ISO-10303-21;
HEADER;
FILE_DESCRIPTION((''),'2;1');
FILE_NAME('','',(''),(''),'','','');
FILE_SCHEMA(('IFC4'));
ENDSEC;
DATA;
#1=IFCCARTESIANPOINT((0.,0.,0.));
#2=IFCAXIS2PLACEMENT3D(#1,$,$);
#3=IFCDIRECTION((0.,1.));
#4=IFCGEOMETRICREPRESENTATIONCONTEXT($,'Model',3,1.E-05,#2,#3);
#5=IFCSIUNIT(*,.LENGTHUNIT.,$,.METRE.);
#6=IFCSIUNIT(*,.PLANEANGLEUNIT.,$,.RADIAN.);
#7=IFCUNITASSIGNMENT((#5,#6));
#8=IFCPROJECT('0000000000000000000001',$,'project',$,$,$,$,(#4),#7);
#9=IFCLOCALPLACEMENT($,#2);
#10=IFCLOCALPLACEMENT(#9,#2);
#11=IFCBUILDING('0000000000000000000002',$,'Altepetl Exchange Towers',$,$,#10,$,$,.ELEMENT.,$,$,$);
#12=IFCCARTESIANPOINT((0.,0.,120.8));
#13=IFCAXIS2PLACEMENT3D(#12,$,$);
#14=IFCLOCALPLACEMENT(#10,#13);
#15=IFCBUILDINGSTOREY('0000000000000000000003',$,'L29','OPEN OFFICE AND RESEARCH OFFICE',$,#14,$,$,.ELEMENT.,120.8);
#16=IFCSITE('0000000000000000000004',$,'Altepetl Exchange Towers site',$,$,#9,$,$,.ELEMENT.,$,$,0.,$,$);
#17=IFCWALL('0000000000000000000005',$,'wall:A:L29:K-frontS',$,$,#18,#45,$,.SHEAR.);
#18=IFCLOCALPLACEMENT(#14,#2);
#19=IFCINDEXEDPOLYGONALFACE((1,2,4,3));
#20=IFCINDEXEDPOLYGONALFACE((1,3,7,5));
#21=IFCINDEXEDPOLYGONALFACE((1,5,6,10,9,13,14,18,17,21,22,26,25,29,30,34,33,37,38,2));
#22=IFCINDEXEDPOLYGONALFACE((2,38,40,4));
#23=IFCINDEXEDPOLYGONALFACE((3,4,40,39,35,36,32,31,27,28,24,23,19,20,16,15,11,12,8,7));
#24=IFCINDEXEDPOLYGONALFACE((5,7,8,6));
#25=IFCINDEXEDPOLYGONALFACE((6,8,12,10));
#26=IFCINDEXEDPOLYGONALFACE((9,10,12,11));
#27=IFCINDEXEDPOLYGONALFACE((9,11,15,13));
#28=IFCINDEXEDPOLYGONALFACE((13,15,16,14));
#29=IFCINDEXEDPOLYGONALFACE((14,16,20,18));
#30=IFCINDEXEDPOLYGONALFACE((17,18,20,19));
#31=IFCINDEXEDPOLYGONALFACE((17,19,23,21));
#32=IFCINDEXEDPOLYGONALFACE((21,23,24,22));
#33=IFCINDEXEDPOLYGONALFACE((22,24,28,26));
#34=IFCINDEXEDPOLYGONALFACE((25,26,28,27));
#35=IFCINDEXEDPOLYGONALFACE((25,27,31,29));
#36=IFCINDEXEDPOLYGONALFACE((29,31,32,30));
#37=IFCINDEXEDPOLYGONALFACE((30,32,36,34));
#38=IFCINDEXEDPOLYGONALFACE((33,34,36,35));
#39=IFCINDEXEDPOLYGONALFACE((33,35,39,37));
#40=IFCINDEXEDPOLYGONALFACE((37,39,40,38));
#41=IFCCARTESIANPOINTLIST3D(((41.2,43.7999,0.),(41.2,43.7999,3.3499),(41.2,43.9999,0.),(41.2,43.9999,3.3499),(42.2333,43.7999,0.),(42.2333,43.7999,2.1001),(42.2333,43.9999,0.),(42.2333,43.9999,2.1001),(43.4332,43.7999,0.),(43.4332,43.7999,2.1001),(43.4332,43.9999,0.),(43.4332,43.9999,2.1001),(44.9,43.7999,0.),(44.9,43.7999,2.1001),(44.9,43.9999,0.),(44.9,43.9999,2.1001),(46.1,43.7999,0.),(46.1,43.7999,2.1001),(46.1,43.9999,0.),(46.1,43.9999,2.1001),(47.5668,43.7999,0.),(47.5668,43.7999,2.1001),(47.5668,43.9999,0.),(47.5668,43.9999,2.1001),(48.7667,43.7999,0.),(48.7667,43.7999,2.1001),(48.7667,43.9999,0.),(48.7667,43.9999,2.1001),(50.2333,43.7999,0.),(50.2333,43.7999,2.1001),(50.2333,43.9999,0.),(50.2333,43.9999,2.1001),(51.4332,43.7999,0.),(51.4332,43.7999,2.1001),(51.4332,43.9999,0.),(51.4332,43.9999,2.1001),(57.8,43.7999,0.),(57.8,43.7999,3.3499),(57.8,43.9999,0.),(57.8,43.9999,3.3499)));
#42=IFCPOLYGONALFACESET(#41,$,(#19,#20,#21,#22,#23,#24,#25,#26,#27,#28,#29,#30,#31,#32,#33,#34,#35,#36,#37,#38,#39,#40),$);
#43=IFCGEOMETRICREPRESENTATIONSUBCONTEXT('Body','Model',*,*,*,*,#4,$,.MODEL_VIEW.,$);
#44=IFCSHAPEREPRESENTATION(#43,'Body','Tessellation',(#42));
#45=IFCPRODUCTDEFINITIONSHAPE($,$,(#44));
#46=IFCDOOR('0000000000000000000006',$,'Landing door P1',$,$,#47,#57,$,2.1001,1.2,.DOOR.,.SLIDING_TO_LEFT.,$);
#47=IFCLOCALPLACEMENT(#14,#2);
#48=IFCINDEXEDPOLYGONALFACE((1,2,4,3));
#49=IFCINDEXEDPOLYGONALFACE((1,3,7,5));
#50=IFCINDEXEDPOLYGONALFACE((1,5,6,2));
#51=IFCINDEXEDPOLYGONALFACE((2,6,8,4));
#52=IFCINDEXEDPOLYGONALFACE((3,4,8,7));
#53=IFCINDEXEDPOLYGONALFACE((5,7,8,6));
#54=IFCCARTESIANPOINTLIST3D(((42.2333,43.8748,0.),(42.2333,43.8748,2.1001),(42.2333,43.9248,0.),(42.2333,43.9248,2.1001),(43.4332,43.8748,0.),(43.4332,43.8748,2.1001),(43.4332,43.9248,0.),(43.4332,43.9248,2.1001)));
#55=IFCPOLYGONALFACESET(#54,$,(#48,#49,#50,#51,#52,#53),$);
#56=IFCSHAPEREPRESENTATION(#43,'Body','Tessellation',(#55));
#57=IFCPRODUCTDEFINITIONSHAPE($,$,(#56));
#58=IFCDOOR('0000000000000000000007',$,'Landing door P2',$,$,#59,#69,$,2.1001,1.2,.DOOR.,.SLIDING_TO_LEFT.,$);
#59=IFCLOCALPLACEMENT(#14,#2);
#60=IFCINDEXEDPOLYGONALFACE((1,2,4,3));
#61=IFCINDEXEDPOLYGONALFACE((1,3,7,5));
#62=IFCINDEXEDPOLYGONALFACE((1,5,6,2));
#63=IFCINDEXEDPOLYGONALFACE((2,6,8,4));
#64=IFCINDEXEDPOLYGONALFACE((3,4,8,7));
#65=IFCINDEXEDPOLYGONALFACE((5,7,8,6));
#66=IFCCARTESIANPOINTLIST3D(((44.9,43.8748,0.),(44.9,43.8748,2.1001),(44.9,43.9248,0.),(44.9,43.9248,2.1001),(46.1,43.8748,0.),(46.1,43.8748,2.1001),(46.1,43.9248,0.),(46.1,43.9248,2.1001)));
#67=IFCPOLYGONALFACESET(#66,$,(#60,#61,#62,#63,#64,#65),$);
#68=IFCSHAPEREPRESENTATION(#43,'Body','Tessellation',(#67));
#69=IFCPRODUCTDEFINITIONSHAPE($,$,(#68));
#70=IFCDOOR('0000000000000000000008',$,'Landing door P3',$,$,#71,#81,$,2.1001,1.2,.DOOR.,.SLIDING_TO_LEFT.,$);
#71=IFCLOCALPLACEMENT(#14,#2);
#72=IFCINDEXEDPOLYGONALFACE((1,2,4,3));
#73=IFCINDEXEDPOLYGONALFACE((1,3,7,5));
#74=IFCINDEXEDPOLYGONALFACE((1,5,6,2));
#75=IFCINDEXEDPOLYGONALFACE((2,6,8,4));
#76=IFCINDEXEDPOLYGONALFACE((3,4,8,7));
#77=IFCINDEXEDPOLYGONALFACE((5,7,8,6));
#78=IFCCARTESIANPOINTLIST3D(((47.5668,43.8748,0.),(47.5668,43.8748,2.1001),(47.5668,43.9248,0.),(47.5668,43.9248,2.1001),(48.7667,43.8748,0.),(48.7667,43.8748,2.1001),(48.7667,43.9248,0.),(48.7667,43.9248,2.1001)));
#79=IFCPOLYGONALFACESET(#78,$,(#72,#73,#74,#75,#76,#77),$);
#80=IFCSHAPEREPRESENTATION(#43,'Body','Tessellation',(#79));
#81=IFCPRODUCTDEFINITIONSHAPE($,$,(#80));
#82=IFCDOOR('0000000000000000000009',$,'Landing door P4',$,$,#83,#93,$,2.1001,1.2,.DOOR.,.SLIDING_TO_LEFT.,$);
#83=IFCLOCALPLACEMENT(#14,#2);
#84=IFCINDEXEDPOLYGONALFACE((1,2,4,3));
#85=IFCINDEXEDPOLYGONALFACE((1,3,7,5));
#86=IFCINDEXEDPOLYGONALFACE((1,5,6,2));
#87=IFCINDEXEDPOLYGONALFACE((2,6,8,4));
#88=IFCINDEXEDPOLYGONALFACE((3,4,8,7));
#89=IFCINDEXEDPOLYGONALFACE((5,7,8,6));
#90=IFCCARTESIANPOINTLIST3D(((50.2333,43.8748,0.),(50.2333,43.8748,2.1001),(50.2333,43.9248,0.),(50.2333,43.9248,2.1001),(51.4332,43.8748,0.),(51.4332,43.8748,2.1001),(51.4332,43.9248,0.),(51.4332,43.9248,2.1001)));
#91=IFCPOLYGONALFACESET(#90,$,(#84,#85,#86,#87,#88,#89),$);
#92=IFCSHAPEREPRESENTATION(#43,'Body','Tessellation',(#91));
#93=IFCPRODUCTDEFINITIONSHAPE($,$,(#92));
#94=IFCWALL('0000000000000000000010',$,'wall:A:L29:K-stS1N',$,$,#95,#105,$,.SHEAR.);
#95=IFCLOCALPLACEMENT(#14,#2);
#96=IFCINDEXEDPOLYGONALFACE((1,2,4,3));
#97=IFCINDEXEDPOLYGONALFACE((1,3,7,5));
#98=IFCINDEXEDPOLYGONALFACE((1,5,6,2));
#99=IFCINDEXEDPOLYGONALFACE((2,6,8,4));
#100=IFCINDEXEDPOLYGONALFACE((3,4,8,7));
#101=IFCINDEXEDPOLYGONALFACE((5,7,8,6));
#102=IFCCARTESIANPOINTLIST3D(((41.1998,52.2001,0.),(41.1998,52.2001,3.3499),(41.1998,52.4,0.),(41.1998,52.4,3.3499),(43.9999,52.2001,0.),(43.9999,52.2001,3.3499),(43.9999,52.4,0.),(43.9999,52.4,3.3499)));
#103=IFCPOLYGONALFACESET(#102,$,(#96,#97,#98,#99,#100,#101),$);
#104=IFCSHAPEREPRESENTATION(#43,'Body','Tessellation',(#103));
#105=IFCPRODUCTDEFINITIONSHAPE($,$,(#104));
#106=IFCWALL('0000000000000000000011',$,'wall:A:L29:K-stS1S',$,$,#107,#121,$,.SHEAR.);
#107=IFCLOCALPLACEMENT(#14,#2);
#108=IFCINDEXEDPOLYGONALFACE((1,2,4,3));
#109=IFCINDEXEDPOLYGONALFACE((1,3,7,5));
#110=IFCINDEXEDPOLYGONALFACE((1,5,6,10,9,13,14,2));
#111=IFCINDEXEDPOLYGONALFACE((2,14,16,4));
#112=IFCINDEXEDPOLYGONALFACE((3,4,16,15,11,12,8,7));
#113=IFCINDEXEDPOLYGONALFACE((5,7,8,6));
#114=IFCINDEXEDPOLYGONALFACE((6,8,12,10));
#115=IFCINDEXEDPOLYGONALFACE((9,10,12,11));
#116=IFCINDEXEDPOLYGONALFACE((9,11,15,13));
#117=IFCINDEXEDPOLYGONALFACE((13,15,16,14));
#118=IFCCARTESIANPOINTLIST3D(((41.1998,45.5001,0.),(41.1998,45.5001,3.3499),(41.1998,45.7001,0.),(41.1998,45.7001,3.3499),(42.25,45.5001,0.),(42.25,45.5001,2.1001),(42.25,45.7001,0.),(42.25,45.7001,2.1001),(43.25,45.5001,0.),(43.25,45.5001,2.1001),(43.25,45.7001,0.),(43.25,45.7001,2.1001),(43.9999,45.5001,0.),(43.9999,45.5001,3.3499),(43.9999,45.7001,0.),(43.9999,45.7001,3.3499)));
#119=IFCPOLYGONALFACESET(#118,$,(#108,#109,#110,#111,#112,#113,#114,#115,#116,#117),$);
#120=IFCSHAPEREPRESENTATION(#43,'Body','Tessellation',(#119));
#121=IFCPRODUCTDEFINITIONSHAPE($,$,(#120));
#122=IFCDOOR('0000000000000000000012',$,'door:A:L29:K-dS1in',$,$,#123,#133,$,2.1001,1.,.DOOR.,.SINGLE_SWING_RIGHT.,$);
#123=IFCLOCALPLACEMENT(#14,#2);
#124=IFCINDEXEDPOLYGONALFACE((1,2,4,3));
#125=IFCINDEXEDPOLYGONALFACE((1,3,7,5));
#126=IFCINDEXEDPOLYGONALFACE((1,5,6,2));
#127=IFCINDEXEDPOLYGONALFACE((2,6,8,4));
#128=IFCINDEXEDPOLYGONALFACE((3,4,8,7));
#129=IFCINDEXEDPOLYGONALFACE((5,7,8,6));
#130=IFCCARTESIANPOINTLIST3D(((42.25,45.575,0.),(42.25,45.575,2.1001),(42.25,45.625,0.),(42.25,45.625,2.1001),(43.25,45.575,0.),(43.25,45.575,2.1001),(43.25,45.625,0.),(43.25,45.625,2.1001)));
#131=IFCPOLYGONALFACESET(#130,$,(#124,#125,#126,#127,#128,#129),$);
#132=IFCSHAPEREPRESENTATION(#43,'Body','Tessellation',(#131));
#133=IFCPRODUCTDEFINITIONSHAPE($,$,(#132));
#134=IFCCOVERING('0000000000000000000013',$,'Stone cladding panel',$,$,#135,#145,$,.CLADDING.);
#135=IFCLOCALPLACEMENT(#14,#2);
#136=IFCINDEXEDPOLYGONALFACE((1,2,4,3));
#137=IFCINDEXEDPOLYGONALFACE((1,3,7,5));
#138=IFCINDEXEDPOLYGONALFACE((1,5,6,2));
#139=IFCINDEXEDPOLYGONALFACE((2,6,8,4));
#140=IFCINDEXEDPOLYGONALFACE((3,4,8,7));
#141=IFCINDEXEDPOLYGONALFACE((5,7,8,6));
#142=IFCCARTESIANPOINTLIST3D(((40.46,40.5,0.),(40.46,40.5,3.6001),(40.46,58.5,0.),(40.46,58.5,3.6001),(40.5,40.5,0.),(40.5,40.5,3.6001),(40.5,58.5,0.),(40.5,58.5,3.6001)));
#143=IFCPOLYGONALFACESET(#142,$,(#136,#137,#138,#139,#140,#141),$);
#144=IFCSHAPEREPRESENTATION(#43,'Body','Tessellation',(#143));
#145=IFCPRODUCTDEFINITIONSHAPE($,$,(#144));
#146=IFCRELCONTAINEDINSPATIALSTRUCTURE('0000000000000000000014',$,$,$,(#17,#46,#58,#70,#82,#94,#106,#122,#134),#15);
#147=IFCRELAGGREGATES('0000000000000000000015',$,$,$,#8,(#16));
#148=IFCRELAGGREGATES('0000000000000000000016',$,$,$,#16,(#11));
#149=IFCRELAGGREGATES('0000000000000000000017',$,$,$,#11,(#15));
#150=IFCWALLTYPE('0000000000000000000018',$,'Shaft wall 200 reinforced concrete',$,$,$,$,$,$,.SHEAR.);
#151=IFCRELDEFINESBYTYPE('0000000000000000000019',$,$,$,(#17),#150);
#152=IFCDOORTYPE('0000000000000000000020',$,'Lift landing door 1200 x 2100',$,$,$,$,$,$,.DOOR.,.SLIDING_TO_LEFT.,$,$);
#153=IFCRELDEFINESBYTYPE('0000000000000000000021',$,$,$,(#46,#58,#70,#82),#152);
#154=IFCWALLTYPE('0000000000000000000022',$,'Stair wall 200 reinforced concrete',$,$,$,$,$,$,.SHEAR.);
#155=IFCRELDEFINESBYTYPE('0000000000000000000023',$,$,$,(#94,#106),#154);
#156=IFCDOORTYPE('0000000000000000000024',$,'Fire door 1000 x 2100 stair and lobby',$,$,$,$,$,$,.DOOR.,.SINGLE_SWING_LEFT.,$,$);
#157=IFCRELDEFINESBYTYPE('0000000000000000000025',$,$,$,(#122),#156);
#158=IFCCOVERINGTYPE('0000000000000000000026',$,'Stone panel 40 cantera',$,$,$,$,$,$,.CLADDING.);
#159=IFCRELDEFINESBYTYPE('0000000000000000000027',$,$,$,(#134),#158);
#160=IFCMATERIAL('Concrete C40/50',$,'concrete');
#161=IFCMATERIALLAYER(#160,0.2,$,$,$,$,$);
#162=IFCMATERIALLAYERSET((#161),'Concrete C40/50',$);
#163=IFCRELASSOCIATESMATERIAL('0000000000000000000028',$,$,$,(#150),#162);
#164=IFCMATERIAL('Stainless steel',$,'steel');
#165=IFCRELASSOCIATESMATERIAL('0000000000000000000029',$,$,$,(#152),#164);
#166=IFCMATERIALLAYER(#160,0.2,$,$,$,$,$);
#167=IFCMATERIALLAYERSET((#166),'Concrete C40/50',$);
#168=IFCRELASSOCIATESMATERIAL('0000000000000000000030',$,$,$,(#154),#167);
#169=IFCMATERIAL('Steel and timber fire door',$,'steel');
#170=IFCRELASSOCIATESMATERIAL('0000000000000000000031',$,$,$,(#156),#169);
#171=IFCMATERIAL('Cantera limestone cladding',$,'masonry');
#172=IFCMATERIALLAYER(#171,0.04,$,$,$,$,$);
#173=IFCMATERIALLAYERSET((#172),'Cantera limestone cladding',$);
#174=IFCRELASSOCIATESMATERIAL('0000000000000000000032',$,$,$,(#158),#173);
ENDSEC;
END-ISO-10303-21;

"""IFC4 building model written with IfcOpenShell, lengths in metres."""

from ifc_helpers import new_model, si_unit, direction, frame, frame_2d, origin, origin_2d, place, context, subcontext, project, spatial, rectangle, extrude, material, layer, layer_set, type_object, element, fill, save


model = new_model("IFC4")

# Units and contexts
model_context = context("Model", 3, precision=1e-05, world=origin(), true_north=direction((0.0, 1.0)))
body_context = subcontext(model_context, "Body", "Model", "MODEL_VIEW")
ifc_project = project(units=[si_unit("LENGTHUNIT", "METRE"), si_unit("PLANEANGLEUNIT", "RADIAN")], contexts=[model_context])

# Site, building, storey
site_placement = place(None, origin())
site = spatial("IfcSite", under=ifc_project, at=site_placement, Name="Altepetl Exchange Towers site", CompositionType="ELEMENT", RefElevation=0.0)
building_placement = place(site_placement, origin())
building = spatial("IfcBuilding", under=site, at=building_placement, Name="Altepetl Exchange Towers", CompositionType="ELEMENT")
storey_placement = place(building_placement, frame((0.0, 0.0, 120.8)))
storey = spatial("IfcBuildingStorey", under=building, at=storey_placement, Name="L29", Description="OPEN OFFICE AND RESEARCH OFFICE", CompositionType="ELEMENT", Elevation=120.8)

# Wall, openings, doors
ifc_material_1 = material(Name="Concrete C40/50", Category="concrete")
ifc_layer_1 = layer(ifc_material_1, 0.2)
ifc_layer_set_1 = layer_set([ifc_layer_1], Name="Concrete C40/50")
wall_type_1 = type_object("IfcWallType", Name="Shaft wall 200 reinforced concrete", PredefinedType="SHEAR", material=ifc_layer_set_1)
ifc_material_2 = material(Name="Stainless steel", Category="steel")
wall_1_placement = place(storey_placement, frame((41.2, 43.8999, 0.0)))
wall_1 = element("IfcWall", 1, at=wall_1_placement, inside=storey, type_object=wall_type_1, Name="wall:A:L29:K-frontS", PredefinedType="SHEAR", context=body_context, shape_type="SweptSolid", body=[
    extrude(rectangle(XDim=16.6001, YDim=0.2, at=frame_2d((8.3, 0.0))), origin(), (0.0, 0.0, 1.0), 3.3499),
])
opening_1_placement = place(wall_1_placement, frame((1.0332, 0.0, 0.0)))
opening_1 = element("IfcOpeningElement", 2, at=opening_1_placement, cuts=wall_1, PredefinedType="OPENING", context=body_context, shape_type="SweptSolid", body=[
    extrude(rectangle(XDim=1.2, YDim=2.1001, at=frame_2d((0.6001, 1.05))), frame((0.0, 0.1099, 0.0), z_axis=(0.0, -1.0, 0.0), x_axis=(1.0, 0.0, 0.0)), (0.0, 0.0, 1.0), 0.22),
])
opening_2_placement = place(wall_1_placement, frame((3.7, 0.0, 0.0)))
opening_2 = element("IfcOpeningElement", 3, at=opening_2_placement, cuts=wall_1, PredefinedType="OPENING", context=body_context, shape_type="SweptSolid", body=[
    extrude(rectangle(XDim=1.2, YDim=2.1001, at=frame_2d((0.6001, 1.05))), frame((0.0, 0.1099, 0.0), z_axis=(0.0, -1.0, 0.0), x_axis=(1.0, 0.0, 0.0)), (0.0, 0.0, 1.0), 0.22),
])
opening_3_placement = place(wall_1_placement, frame((6.3667, 0.0, 0.0)))
opening_3 = element("IfcOpeningElement", 4, at=opening_3_placement, cuts=wall_1, PredefinedType="OPENING", context=body_context, shape_type="SweptSolid", body=[
    extrude(rectangle(XDim=1.2, YDim=2.1001, at=frame_2d((0.6001, 1.05))), frame((0.0, 0.1099, 0.0), z_axis=(0.0, -1.0, 0.0), x_axis=(1.0, 0.0, 0.0)), (0.0, 0.0, 1.0), 0.22),
])
opening_4_placement = place(wall_1_placement, frame((9.0332, 0.0, 0.0)))
opening_4 = element("IfcOpeningElement", 5, at=opening_4_placement, cuts=wall_1, PredefinedType="OPENING", context=body_context, shape_type="SweptSolid", body=[
    extrude(rectangle(XDim=1.2, YDim=2.1001, at=frame_2d((0.6001, 1.05))), frame((0.0, 0.1099, 0.0), z_axis=(0.0, -1.0, 0.0), x_axis=(1.0, 0.0, 0.0)), (0.0, 0.0, 1.0), 0.22),
])
door_type_1 = type_object("IfcDoorType", Name="Lift landing door 1200 x 2100", OperationType="SLIDING_TO_LEFT", PredefinedType="DOOR", material=ifc_material_2)
door_1_placement = place(opening_1_placement, origin())
door_1 = element("IfcDoor", 6, at=door_1_placement, inside=storey, type_object=door_type_1, Name="Landing door P1", OperationType="SLIDING_TO_LEFT", OverallHeight=2.1001, OverallWidth=1.2, PredefinedType="DOOR", context=body_context, shape_type="SweptSolid", body=[
    extrude(rectangle(XDim=1.2, YDim=2.1001, at=frame_2d((0.6001, 1.05))), frame((0.0, 0.0249, 0.0), z_axis=(0.0, -1.0, 0.0), x_axis=(1.0, 0.0, 0.0)), (0.0, 0.0, 1.0), 0.05),
])
fill(opening_1, door_1)
door_2_placement = place(opening_2_placement, origin())
door_2 = element("IfcDoor", 7, at=door_2_placement, inside=storey, type_object=door_type_1, Name="Landing door P2", OperationType="SLIDING_TO_LEFT", OverallHeight=2.1001, OverallWidth=1.2, PredefinedType="DOOR", context=body_context, shape_type="SweptSolid", body=[
    extrude(rectangle(XDim=1.2, YDim=2.1001, at=frame_2d((0.6001, 1.05))), frame((0.0, 0.0249, 0.0), z_axis=(0.0, -1.0, 0.0), x_axis=(1.0, 0.0, 0.0)), (0.0, 0.0, 1.0), 0.05),
])
fill(opening_2, door_2)
door_3_placement = place(opening_3_placement, origin())
door_3 = element("IfcDoor", 8, at=door_3_placement, inside=storey, type_object=door_type_1, Name="Landing door P3", OperationType="SLIDING_TO_LEFT", OverallHeight=2.1001, OverallWidth=1.2, PredefinedType="DOOR", context=body_context, shape_type="SweptSolid", body=[
    extrude(rectangle(XDim=1.2, YDim=2.1001, at=frame_2d((0.6001, 1.05))), frame((0.0, 0.0249, 0.0), z_axis=(0.0, -1.0, 0.0), x_axis=(1.0, 0.0, 0.0)), (0.0, 0.0, 1.0), 0.05),
])
fill(opening_3, door_3)
door_4_placement = place(opening_4_placement, origin())
door_4 = element("IfcDoor", 9, at=door_4_placement, inside=storey, type_object=door_type_1, Name="Landing door P4", OperationType="SLIDING_TO_LEFT", OverallHeight=2.1001, OverallWidth=1.2, PredefinedType="DOOR", context=body_context, shape_type="SweptSolid", body=[
    extrude(rectangle(XDim=1.2, YDim=2.1001, at=frame_2d((0.6001, 1.05))), frame((0.0, 0.0249, 0.0), z_axis=(0.0, -1.0, 0.0), x_axis=(1.0, 0.0, 0.0)), (0.0, 0.0, 1.0), 0.05),
])
fill(opening_4, door_4)

# Wall
ifc_layer_2 = layer(ifc_material_1, 0.2)
ifc_layer_set_2 = layer_set([ifc_layer_2], Name="Concrete C40/50")
wall_type_2 = type_object("IfcWallType", Name="Stair wall 200 reinforced concrete", PredefinedType="SHEAR", material=ifc_layer_set_2)
wall_2_placement = place(storey_placement, frame((41.2, 52.3, 0.0)))
element("IfcWall", 10, at=wall_2_placement, inside=storey, type_object=wall_type_2, Name="wall:A:L29:K-stS1N", PredefinedType="SHEAR", context=body_context, shape_type="SweptSolid", body=[
    extrude(rectangle(XDim=2.8, YDim=0.2, at=frame_2d((1.3999, 0.0))), origin(), (0.0, 0.0, 1.0), 3.3499),
])

# Wall, opening, door
wall_3_placement = place(storey_placement, frame((41.2, 45.6001, 0.0)))
wall_3 = element("IfcWall", 11, at=wall_3_placement, inside=storey, type_object=wall_type_2, Name="wall:A:L29:K-stS1S", PredefinedType="SHEAR", context=body_context, shape_type="SweptSolid", body=[
    extrude(rectangle(XDim=2.8, YDim=0.2, at=frame_2d((1.3999, 0.0))), origin(), (0.0, 0.0, 1.0), 3.3499),
])
opening_5_placement = place(wall_3_placement, frame((1.05, 0.0, 0.0)))
opening_5 = element("IfcOpeningElement", 12, at=opening_5_placement, cuts=wall_3, PredefinedType="OPENING", context=body_context, shape_type="SweptSolid", body=[
    extrude(rectangle(XDim=1.0, YDim=2.1001, at=frame_2d((0.5, 1.05))), frame((0.0, 0.1099, 0.0), z_axis=(0.0, -1.0, 0.0), x_axis=(1.0, 0.0, 0.0)), (0.0, 0.0, 1.0), 0.22),
])
ifc_material_3 = material(Name="Steel and timber fire door", Category="steel")
door_type_2 = type_object("IfcDoorType", Name="Fire door 1000 x 2100 stair and lobby", OperationType="SINGLE_SWING_LEFT", PredefinedType="DOOR", material=ifc_material_3)
door_5_placement = place(opening_5_placement, origin())
door_5 = element("IfcDoor", 13, at=door_5_placement, inside=storey, type_object=door_type_2, Name="door:A:L29:K-dS1in", OperationType="SINGLE_SWING_RIGHT", OverallHeight=2.1001, OverallWidth=1.0, PredefinedType="DOOR", context=body_context, shape_type="SweptSolid", body=[
    extrude(rectangle(XDim=1.0, YDim=2.1001, at=frame_2d((0.5, 1.05))), frame((0.0, 0.0249, 0.0), z_axis=(0.0, -1.0, 0.0), x_axis=(1.0, 0.0, 0.0)), (0.0, 0.0, 1.0), 0.05),
])
fill(opening_5, door_5)

# Covering
ifc_material_4 = material(Name="Cantera limestone cladding", Category="masonry")
ifc_layer_3 = layer(ifc_material_4, 0.04)
ifc_layer_set_3 = layer_set([ifc_layer_3], Name="Cantera limestone cladding")
covering_type = type_object("IfcCoveringType", Name="Stone panel 40 cantera", PredefinedType="CLADDING", material=ifc_layer_set_3)
covering_placement = place(storey_placement, frame((40.48, 49.5, 0.0), z_axis=(0.0, 0.0, 1.0), x_axis=(0.0, -1.0, 0.0)))
element("IfcCovering", 14, at=covering_placement, inside=storey, type_object=covering_type, Name="Stone cladding panel", PredefinedType="CLADDING", context=body_context, shape_type="SweptSolid", body=[
    extrude(rectangle(XDim=18.0, YDim=0.04, at=origin_2d()), origin(), (0.0, 0.0, 1.0), 3.6001),
])

save(model, "model.ifc")
